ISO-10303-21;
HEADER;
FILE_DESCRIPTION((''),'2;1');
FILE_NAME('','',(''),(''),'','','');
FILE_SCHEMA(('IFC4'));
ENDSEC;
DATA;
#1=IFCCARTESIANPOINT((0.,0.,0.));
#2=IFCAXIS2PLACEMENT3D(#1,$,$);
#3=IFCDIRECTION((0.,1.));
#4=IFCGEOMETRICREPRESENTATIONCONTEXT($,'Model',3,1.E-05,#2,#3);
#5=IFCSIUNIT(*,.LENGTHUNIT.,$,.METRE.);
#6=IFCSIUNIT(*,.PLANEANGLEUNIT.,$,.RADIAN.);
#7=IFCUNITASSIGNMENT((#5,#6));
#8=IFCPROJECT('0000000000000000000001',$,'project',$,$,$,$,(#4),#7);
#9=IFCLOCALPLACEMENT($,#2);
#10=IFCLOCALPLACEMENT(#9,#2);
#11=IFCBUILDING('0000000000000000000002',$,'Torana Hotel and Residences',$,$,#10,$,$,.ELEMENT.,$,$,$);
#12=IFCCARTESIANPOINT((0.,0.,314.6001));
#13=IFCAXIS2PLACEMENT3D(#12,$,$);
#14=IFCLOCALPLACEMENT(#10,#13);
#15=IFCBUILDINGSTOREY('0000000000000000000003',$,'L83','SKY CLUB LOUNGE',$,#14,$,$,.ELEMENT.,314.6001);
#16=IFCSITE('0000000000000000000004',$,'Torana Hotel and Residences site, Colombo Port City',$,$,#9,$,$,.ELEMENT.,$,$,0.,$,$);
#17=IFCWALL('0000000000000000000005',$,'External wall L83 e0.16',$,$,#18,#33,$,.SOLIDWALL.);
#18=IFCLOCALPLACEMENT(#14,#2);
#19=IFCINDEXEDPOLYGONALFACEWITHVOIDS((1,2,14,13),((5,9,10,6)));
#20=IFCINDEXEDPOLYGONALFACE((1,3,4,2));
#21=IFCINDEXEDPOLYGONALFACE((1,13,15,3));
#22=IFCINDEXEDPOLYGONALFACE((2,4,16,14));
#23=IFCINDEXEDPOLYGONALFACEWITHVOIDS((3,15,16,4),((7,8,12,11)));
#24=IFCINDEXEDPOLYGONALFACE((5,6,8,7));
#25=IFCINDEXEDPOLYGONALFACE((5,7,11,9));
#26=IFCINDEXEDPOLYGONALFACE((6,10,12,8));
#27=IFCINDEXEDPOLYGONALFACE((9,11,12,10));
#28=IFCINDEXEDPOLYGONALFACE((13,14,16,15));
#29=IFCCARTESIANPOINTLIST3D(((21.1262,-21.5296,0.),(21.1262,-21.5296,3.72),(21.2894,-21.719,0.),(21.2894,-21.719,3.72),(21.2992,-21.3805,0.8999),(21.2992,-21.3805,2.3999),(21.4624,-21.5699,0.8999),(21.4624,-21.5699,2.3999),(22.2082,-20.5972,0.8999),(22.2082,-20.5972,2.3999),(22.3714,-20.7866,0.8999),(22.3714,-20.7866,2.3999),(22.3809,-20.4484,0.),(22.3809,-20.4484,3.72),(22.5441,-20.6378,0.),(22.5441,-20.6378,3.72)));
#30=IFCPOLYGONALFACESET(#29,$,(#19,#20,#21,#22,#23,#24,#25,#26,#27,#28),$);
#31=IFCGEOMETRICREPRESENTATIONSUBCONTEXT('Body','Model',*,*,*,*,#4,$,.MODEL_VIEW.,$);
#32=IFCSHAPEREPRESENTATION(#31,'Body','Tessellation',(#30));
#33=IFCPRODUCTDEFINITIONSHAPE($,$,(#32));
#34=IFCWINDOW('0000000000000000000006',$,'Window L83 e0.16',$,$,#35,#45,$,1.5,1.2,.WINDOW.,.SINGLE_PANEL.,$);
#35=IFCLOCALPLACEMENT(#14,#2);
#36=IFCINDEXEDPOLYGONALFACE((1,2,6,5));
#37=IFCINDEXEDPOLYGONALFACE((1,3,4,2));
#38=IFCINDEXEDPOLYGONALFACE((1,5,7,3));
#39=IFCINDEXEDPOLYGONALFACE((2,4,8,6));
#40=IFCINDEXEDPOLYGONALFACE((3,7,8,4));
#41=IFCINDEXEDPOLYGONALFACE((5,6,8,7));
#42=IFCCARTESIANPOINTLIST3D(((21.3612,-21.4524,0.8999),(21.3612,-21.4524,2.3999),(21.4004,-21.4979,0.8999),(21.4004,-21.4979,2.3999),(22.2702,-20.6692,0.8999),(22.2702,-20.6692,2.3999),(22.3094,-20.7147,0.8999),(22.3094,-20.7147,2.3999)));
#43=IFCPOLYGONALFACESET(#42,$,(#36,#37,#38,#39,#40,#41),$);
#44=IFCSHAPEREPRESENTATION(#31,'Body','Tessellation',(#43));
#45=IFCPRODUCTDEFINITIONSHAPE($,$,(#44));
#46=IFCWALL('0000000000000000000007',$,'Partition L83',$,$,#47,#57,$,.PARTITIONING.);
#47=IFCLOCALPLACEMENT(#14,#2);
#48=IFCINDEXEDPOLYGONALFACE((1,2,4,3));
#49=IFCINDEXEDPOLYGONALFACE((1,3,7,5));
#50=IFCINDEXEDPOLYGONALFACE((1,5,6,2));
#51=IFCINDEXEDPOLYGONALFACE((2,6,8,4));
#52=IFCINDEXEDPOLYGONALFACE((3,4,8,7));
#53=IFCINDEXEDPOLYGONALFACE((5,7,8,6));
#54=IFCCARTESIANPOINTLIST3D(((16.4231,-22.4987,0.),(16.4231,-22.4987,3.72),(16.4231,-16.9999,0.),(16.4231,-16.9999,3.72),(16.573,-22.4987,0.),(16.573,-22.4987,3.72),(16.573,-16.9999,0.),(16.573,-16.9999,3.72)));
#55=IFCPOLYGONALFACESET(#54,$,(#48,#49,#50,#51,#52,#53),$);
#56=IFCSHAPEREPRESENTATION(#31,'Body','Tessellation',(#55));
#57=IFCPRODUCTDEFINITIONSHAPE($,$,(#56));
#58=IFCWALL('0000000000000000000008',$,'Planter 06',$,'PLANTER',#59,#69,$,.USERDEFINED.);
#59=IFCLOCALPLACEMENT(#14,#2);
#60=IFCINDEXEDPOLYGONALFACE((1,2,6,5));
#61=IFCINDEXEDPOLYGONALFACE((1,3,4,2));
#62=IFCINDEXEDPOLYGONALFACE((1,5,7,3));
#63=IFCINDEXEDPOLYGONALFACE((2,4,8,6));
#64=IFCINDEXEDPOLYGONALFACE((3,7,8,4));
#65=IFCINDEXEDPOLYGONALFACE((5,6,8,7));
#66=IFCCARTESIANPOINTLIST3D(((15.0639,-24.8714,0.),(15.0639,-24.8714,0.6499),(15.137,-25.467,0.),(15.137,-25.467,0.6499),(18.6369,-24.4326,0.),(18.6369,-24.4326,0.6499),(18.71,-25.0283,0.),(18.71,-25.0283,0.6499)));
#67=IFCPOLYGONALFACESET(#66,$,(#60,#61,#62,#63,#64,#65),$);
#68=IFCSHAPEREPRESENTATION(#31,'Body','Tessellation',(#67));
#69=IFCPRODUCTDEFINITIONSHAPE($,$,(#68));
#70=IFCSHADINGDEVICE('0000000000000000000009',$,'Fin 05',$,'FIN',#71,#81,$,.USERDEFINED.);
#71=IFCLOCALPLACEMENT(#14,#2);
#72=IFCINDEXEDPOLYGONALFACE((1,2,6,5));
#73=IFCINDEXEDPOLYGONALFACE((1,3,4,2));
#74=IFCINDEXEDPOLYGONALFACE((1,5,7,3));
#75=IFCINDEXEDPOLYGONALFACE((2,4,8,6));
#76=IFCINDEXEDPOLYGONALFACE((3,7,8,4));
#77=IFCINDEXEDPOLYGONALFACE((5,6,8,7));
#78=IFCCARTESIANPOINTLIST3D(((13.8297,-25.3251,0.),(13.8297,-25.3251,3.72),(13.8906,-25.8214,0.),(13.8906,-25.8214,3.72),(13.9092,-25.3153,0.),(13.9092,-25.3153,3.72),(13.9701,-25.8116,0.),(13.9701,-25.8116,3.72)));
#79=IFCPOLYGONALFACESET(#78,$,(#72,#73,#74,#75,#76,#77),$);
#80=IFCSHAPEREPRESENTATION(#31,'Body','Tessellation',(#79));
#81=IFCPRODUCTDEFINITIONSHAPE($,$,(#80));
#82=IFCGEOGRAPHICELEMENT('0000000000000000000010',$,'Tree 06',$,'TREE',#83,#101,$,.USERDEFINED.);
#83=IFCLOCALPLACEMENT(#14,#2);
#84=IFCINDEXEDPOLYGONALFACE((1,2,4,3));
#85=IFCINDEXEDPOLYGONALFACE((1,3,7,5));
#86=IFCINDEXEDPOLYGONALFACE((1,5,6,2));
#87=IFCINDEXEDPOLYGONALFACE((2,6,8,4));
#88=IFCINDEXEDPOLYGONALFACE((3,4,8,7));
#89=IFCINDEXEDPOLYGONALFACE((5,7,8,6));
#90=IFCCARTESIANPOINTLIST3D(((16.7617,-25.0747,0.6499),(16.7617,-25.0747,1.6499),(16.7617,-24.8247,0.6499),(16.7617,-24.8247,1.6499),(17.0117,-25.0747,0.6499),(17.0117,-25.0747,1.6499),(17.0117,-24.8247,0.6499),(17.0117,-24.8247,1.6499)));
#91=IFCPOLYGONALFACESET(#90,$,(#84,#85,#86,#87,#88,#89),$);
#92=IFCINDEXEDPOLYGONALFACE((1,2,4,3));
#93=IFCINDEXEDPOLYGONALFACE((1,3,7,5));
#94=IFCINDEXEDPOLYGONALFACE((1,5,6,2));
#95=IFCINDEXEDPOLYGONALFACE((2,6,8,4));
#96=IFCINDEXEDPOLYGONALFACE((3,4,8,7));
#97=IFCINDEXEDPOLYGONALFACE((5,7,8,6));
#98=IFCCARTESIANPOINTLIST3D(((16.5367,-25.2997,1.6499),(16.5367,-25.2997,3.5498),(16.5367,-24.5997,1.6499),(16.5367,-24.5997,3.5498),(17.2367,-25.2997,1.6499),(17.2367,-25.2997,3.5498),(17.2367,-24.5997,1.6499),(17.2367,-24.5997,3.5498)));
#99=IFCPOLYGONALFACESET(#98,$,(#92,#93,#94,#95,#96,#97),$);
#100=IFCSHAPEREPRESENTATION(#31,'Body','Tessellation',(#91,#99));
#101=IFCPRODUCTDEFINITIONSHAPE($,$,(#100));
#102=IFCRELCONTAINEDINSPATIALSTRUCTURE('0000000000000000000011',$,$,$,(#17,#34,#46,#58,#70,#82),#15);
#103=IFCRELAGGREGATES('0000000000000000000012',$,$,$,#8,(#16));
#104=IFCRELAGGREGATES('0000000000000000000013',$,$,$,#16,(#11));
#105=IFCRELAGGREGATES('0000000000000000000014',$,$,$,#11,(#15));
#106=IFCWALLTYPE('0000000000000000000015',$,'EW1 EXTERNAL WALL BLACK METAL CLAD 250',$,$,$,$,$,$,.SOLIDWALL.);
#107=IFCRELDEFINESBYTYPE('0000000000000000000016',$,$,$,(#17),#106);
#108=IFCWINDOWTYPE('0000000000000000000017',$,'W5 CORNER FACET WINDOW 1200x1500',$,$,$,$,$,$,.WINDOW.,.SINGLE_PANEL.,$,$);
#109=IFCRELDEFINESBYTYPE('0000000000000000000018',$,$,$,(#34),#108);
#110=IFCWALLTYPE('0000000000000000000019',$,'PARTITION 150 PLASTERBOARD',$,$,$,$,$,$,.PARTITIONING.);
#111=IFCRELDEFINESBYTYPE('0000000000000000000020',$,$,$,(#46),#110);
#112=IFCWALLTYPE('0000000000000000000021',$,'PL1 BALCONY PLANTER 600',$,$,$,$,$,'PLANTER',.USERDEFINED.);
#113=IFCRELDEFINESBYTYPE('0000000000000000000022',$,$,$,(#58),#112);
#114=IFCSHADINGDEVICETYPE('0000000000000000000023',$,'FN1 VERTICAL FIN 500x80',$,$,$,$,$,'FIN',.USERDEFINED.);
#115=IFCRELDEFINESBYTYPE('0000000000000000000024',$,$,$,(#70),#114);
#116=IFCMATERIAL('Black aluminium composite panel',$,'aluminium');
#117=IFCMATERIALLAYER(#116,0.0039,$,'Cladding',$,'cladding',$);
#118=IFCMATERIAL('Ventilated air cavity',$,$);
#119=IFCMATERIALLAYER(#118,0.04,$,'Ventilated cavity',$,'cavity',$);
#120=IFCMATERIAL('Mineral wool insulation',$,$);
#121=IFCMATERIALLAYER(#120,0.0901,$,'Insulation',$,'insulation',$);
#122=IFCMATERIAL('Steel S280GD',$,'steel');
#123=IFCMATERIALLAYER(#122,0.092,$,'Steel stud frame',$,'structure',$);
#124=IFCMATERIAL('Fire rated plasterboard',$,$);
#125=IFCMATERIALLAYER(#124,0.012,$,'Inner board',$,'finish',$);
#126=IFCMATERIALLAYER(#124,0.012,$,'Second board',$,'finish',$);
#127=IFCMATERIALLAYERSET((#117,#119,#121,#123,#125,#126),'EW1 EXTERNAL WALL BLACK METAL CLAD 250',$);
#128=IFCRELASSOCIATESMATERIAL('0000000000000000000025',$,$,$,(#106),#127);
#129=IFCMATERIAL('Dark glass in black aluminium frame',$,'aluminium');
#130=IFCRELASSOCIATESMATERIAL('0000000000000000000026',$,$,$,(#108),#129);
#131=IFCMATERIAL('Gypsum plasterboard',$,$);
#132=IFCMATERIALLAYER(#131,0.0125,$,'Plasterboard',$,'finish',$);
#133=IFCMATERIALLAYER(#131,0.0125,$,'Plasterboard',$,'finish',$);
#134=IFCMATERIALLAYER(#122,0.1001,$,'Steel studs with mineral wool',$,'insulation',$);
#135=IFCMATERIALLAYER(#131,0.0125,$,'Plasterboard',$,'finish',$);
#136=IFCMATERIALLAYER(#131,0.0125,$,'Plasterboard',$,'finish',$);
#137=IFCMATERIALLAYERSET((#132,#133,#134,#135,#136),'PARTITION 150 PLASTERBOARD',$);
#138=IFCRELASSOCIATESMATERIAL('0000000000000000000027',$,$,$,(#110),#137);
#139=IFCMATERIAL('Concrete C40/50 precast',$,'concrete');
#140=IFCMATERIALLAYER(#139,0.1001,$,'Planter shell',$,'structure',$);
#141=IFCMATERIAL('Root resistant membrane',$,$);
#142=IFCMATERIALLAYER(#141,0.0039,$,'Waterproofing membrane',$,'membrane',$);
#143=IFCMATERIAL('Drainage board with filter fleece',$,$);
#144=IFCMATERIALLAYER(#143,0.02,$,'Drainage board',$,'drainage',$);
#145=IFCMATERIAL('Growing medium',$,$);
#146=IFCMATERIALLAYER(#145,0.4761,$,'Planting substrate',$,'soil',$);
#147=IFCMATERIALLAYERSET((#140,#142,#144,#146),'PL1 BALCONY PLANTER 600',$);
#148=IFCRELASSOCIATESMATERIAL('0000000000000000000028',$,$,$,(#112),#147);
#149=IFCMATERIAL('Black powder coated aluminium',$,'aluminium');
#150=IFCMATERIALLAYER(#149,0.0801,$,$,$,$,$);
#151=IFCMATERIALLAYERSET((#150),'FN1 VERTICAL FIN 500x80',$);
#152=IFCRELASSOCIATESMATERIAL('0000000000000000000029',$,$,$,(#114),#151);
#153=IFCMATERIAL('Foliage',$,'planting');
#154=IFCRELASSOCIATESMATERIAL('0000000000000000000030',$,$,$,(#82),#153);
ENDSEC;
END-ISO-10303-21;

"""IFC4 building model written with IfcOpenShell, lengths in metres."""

from ifc_helpers import new_model, si_unit, direction, frame, frame_2d, origin, origin_2d, place, context, subcontext, project, spatial, rectangle, extrude, material, layer, layer_set, type_object, element, fill, save


model = new_model("IFC4")

# Units and contexts
model_context = context("Model", 3, precision=1e-05, world=origin(), true_north=direction((0.0, 1.0)))
body_context = subcontext(model_context, "Body", "Model", "MODEL_VIEW")
ifc_project = project(units=[si_unit("LENGTHUNIT", "METRE"), si_unit("PLANEANGLEUNIT", "RADIAN")], contexts=[model_context])

# Site, building, storey
site_placement = place(None, origin())
site = spatial("IfcSite", under=ifc_project, at=site_placement, Name="Torana Hotel and Residences site, Colombo Port City", CompositionType="ELEMENT", RefElevation=0.0)
building_placement = place(site_placement, origin())
building = spatial("IfcBuilding", under=site, at=building_placement, Name="Torana Hotel and Residences", CompositionType="ELEMENT")
storey_placement = place(building_placement, frame((0.0, 0.0, 314.6001)))
storey = spatial("IfcBuildingStorey", under=building, at=storey_placement, Name="L83", Description="SKY CLUB LOUNGE", CompositionType="ELEMENT", Elevation=314.6001)

# Shared definitions
ifc_material_1 = material(Name="Black aluminium composite panel", Category="aluminium")
ifc_layer_1 = layer(ifc_material_1, 0.0039, Name="Cladding", Category="cladding")
ifc_material_2 = material(Name="Ventilated air cavity")
ifc_layer_2 = layer(ifc_material_2, 0.04, Name="Ventilated cavity", Category="cavity")
ifc_material_3 = material(Name="Mineral wool insulation")
ifc_layer_3 = layer(ifc_material_3, 0.0901, Name="Insulation", Category="insulation")
ifc_material_4 = material(Name="Steel S280GD", Category="steel")
ifc_layer_4 = layer(ifc_material_4, 0.092, Name="Steel stud frame", Category="structure")
ifc_material_5 = material(Name="Fire rated plasterboard")
ifc_layer_5 = layer(ifc_material_5, 0.012, Name="Inner board", Category="finish")
ifc_layer_6 = layer(ifc_material_5, 0.012, Name="Second board", Category="finish")
ifc_layer_set_1 = layer_set([ifc_layer_1, ifc_layer_2, ifc_layer_3, ifc_layer_4, ifc_layer_5, ifc_layer_6], Name="EW1 EXTERNAL WALL BLACK METAL CLAD 250")
wall_type_1 = type_object("IfcWallType", Name="EW1 EXTERNAL WALL BLACK METAL CLAD 250", PredefinedType="SOLIDWALL", material=ifc_layer_set_1)

# Wall, opening, window
wall_1_placement = place(storey_placement, frame((21.2078, -21.6243, 0.0), z_axis=(0.0, 0.0, 1.0), x_axis=(0.757568, 0.652756, 0.0)))
wall_1 = element("IfcWall", 1, at=wall_1_placement, inside=storey, type_object=wall_type_1, Name="External wall L83 e0.16", PredefinedType="SOLIDWALL", context=body_context, shape_type="SweptSolid", body=[
    extrude(rectangle(XDim=1.6562, YDim=0.25, at=frame_2d((0.8281, 0.0))), origin(), (0.0, 0.0, 1.0), 3.72),
])
opening_1_placement = place(wall_1_placement, frame((0.2283, 0.0, 0.8999)))
opening_1 = element("IfcOpeningElement", 2, at=opening_1_placement, cuts=wall_1, PredefinedType="OPENING", context=body_context, shape_type="SweptSolid", body=[
    extrude(rectangle(XDim=1.2, YDim=1.5, at=frame_2d((0.6001, 0.75))), frame((0.0, 0.135, 0.0), z_axis=(0.0, -1.0, 0.0), x_axis=(1.0, 0.0, 0.0)), (0.0, 0.0, 1.0), 0.27),
])
ifc_material_6 = material(Name="Dark glass in black aluminium frame", Category="aluminium")
window_type = type_object("IfcWindowType", Name="W5 CORNER FACET WINDOW 1200x1500", PartitioningType="SINGLE_PANEL", PredefinedType="WINDOW", material=ifc_material_6)
window_placement = place(opening_1_placement, origin())
window = element("IfcWindow", 3, at=window_placement, inside=storey, type_object=window_type, Name="Window L83 e0.16", OverallHeight=1.5, OverallWidth=1.2, PartitioningType="SINGLE_PANEL", PredefinedType="WINDOW", context=body_context, shape_type="SweptSolid", body=[
    extrude(rectangle(XDim=1.2, YDim=1.5, at=frame_2d((0.6001, 0.75))), frame((0.0, 0.03, 0.0), z_axis=(0.0, -1.0, 0.0), x_axis=(1.0, 0.0, 0.0)), (0.0, 0.0, 1.0), 0.0601),
])
fill(opening_1, window)

# Walls
ifc_material_7 = material(Name="Gypsum plasterboard")
ifc_layer_7 = layer(ifc_material_7, 0.0125, Name="Plasterboard", Category="finish")
ifc_layer_8 = layer(ifc_material_7, 0.0125, Name="Plasterboard", Category="finish")
ifc_layer_9 = layer(ifc_material_4, 0.1001, Name="Steel studs with mineral wool", Category="insulation")
ifc_layer_10 = layer(ifc_material_7, 0.0125, Name="Plasterboard", Category="finish")
ifc_layer_11 = layer(ifc_material_7, 0.0125, Name="Plasterboard", Category="finish")
ifc_layer_set_2 = layer_set([ifc_layer_7, ifc_layer_8, ifc_layer_9, ifc_layer_10, ifc_layer_11], Name="PARTITION 150 PLASTERBOARD")
wall_type_2 = type_object("IfcWallType", Name="PARTITION 150 PLASTERBOARD", PredefinedType="PARTITIONING", material=ifc_layer_set_2)
wall_2_placement = place(storey_placement, frame((16.498, -22.4988, 0.0), z_axis=(0.0, 0.0, 1.0), x_axis=(0.0, 1.0, 0.0)))
element("IfcWall", 4, at=wall_2_placement, inside=storey, type_object=wall_type_2, Name="Partition L83", PredefinedType="PARTITIONING", context=body_context, shape_type="SweptSolid", body=[
    extrude(rectangle(XDim=5.4988, YDim=0.1499, at=frame_2d((2.7495, 0.0))), origin(), (0.0, 0.0, 1.0), 3.72),
])
ifc_material_8 = material(Name="Concrete C40/50 precast", Category="concrete")
ifc_layer_12 = layer(ifc_material_8, 0.1001, Name="Planter shell", Category="structure")
ifc_material_9 = material(Name="Root resistant membrane")
ifc_layer_13 = layer(ifc_material_9, 0.0039, Name="Waterproofing membrane", Category="membrane")
ifc_material_10 = material(Name="Drainage board with filter fleece")
ifc_layer_14 = layer(ifc_material_10, 0.02, Name="Drainage board", Category="drainage")
ifc_material_11 = material(Name="Growing medium")
ifc_layer_15 = layer(ifc_material_11, 0.4761, Name="Planting substrate", Category="soil")
ifc_layer_set_3 = layer_set([ifc_layer_12, ifc_layer_13, ifc_layer_14, ifc_layer_15], Name="PL1 BALCONY PLANTER 600")
wall_type_3 = type_object("IfcWallType", Name="PL1 BALCONY PLANTER 600", ElementType="PLANTER", PredefinedType="USERDEFINED", material=ifc_layer_set_3)
wall_3_placement = place(storey_placement, frame((18.6733, -24.7305, 0.0), z_axis=(0.0, 0.0, 1.0), x_axis=(-0.992546, -0.121873, 0.0)))
element("IfcWall", 5, at=wall_3_placement, inside=storey, type_object=wall_type_3, Name="Planter 06", ObjectType="PLANTER", PredefinedType="USERDEFINED", context=body_context, shape_type="SweptSolid", body=[
    extrude(rectangle(XDim=3.5999, YDim=0.6001, at=frame_2d((1.7998, 0.0))), origin(), (0.0, 0.0, 1.0), 0.6499),
])

# Shading device
ifc_material_12 = material(Name="Black powder coated aluminium", Category="aluminium")
ifc_layer_16 = layer(ifc_material_12, 0.0801)
ifc_layer_set_4 = layer_set([ifc_layer_16], Name="FN1 VERTICAL FIN 500x80")
shading_device_type = type_object("IfcShadingDeviceType", Name="FN1 VERTICAL FIN 500x80", ElementType="FIN", PredefinedType="USERDEFINED", material=ifc_layer_set_4)
shading_device_placement = place(storey_placement, frame((13.8999, -25.5684, 0.0), z_axis=(0.0, 0.0, 1.0), x_axis=(-0.992547, -0.121866, 0.0)))
element("IfcShadingDevice", 6, at=shading_device_placement, inside=storey, type_object=shading_device_type, Name="Fin 05", ObjectType="FIN", PredefinedType="USERDEFINED", context=body_context, shape_type="SweptSolid", body=[
    extrude(rectangle(XDim=0.0801, YDim=0.5, at=origin_2d()), origin(), (0.0, 0.0, 1.0), 3.72),
])

# Geographic element
ifc_material_13 = material(Name="Foliage", Category="planting")
geographic_element_placement = place(storey_placement, frame((16.8867, -24.9497, 0.6499), z_axis=(0.0, 0.0, 1.0), x_axis=(1.0, 0.0, 0.0)))
element("IfcGeographicElement", 7, at=geographic_element_placement, inside=storey, material=ifc_material_13, Name="Tree 06", ObjectType="TREE", PredefinedType="USERDEFINED", context=body_context, shape_type="SweptSolid", body=[
    extrude(rectangle(XDim=0.25, YDim=0.25, at=origin_2d()), origin(), (0.0, 0.0, 1.0), 1.0),
    extrude(rectangle(XDim=0.7, YDim=0.7, at=origin_2d()), frame((0.0, 0.0, 1.0)), (0.0, 0.0, 1.0), 1.8999),
])

save(model, "model.ifc")
